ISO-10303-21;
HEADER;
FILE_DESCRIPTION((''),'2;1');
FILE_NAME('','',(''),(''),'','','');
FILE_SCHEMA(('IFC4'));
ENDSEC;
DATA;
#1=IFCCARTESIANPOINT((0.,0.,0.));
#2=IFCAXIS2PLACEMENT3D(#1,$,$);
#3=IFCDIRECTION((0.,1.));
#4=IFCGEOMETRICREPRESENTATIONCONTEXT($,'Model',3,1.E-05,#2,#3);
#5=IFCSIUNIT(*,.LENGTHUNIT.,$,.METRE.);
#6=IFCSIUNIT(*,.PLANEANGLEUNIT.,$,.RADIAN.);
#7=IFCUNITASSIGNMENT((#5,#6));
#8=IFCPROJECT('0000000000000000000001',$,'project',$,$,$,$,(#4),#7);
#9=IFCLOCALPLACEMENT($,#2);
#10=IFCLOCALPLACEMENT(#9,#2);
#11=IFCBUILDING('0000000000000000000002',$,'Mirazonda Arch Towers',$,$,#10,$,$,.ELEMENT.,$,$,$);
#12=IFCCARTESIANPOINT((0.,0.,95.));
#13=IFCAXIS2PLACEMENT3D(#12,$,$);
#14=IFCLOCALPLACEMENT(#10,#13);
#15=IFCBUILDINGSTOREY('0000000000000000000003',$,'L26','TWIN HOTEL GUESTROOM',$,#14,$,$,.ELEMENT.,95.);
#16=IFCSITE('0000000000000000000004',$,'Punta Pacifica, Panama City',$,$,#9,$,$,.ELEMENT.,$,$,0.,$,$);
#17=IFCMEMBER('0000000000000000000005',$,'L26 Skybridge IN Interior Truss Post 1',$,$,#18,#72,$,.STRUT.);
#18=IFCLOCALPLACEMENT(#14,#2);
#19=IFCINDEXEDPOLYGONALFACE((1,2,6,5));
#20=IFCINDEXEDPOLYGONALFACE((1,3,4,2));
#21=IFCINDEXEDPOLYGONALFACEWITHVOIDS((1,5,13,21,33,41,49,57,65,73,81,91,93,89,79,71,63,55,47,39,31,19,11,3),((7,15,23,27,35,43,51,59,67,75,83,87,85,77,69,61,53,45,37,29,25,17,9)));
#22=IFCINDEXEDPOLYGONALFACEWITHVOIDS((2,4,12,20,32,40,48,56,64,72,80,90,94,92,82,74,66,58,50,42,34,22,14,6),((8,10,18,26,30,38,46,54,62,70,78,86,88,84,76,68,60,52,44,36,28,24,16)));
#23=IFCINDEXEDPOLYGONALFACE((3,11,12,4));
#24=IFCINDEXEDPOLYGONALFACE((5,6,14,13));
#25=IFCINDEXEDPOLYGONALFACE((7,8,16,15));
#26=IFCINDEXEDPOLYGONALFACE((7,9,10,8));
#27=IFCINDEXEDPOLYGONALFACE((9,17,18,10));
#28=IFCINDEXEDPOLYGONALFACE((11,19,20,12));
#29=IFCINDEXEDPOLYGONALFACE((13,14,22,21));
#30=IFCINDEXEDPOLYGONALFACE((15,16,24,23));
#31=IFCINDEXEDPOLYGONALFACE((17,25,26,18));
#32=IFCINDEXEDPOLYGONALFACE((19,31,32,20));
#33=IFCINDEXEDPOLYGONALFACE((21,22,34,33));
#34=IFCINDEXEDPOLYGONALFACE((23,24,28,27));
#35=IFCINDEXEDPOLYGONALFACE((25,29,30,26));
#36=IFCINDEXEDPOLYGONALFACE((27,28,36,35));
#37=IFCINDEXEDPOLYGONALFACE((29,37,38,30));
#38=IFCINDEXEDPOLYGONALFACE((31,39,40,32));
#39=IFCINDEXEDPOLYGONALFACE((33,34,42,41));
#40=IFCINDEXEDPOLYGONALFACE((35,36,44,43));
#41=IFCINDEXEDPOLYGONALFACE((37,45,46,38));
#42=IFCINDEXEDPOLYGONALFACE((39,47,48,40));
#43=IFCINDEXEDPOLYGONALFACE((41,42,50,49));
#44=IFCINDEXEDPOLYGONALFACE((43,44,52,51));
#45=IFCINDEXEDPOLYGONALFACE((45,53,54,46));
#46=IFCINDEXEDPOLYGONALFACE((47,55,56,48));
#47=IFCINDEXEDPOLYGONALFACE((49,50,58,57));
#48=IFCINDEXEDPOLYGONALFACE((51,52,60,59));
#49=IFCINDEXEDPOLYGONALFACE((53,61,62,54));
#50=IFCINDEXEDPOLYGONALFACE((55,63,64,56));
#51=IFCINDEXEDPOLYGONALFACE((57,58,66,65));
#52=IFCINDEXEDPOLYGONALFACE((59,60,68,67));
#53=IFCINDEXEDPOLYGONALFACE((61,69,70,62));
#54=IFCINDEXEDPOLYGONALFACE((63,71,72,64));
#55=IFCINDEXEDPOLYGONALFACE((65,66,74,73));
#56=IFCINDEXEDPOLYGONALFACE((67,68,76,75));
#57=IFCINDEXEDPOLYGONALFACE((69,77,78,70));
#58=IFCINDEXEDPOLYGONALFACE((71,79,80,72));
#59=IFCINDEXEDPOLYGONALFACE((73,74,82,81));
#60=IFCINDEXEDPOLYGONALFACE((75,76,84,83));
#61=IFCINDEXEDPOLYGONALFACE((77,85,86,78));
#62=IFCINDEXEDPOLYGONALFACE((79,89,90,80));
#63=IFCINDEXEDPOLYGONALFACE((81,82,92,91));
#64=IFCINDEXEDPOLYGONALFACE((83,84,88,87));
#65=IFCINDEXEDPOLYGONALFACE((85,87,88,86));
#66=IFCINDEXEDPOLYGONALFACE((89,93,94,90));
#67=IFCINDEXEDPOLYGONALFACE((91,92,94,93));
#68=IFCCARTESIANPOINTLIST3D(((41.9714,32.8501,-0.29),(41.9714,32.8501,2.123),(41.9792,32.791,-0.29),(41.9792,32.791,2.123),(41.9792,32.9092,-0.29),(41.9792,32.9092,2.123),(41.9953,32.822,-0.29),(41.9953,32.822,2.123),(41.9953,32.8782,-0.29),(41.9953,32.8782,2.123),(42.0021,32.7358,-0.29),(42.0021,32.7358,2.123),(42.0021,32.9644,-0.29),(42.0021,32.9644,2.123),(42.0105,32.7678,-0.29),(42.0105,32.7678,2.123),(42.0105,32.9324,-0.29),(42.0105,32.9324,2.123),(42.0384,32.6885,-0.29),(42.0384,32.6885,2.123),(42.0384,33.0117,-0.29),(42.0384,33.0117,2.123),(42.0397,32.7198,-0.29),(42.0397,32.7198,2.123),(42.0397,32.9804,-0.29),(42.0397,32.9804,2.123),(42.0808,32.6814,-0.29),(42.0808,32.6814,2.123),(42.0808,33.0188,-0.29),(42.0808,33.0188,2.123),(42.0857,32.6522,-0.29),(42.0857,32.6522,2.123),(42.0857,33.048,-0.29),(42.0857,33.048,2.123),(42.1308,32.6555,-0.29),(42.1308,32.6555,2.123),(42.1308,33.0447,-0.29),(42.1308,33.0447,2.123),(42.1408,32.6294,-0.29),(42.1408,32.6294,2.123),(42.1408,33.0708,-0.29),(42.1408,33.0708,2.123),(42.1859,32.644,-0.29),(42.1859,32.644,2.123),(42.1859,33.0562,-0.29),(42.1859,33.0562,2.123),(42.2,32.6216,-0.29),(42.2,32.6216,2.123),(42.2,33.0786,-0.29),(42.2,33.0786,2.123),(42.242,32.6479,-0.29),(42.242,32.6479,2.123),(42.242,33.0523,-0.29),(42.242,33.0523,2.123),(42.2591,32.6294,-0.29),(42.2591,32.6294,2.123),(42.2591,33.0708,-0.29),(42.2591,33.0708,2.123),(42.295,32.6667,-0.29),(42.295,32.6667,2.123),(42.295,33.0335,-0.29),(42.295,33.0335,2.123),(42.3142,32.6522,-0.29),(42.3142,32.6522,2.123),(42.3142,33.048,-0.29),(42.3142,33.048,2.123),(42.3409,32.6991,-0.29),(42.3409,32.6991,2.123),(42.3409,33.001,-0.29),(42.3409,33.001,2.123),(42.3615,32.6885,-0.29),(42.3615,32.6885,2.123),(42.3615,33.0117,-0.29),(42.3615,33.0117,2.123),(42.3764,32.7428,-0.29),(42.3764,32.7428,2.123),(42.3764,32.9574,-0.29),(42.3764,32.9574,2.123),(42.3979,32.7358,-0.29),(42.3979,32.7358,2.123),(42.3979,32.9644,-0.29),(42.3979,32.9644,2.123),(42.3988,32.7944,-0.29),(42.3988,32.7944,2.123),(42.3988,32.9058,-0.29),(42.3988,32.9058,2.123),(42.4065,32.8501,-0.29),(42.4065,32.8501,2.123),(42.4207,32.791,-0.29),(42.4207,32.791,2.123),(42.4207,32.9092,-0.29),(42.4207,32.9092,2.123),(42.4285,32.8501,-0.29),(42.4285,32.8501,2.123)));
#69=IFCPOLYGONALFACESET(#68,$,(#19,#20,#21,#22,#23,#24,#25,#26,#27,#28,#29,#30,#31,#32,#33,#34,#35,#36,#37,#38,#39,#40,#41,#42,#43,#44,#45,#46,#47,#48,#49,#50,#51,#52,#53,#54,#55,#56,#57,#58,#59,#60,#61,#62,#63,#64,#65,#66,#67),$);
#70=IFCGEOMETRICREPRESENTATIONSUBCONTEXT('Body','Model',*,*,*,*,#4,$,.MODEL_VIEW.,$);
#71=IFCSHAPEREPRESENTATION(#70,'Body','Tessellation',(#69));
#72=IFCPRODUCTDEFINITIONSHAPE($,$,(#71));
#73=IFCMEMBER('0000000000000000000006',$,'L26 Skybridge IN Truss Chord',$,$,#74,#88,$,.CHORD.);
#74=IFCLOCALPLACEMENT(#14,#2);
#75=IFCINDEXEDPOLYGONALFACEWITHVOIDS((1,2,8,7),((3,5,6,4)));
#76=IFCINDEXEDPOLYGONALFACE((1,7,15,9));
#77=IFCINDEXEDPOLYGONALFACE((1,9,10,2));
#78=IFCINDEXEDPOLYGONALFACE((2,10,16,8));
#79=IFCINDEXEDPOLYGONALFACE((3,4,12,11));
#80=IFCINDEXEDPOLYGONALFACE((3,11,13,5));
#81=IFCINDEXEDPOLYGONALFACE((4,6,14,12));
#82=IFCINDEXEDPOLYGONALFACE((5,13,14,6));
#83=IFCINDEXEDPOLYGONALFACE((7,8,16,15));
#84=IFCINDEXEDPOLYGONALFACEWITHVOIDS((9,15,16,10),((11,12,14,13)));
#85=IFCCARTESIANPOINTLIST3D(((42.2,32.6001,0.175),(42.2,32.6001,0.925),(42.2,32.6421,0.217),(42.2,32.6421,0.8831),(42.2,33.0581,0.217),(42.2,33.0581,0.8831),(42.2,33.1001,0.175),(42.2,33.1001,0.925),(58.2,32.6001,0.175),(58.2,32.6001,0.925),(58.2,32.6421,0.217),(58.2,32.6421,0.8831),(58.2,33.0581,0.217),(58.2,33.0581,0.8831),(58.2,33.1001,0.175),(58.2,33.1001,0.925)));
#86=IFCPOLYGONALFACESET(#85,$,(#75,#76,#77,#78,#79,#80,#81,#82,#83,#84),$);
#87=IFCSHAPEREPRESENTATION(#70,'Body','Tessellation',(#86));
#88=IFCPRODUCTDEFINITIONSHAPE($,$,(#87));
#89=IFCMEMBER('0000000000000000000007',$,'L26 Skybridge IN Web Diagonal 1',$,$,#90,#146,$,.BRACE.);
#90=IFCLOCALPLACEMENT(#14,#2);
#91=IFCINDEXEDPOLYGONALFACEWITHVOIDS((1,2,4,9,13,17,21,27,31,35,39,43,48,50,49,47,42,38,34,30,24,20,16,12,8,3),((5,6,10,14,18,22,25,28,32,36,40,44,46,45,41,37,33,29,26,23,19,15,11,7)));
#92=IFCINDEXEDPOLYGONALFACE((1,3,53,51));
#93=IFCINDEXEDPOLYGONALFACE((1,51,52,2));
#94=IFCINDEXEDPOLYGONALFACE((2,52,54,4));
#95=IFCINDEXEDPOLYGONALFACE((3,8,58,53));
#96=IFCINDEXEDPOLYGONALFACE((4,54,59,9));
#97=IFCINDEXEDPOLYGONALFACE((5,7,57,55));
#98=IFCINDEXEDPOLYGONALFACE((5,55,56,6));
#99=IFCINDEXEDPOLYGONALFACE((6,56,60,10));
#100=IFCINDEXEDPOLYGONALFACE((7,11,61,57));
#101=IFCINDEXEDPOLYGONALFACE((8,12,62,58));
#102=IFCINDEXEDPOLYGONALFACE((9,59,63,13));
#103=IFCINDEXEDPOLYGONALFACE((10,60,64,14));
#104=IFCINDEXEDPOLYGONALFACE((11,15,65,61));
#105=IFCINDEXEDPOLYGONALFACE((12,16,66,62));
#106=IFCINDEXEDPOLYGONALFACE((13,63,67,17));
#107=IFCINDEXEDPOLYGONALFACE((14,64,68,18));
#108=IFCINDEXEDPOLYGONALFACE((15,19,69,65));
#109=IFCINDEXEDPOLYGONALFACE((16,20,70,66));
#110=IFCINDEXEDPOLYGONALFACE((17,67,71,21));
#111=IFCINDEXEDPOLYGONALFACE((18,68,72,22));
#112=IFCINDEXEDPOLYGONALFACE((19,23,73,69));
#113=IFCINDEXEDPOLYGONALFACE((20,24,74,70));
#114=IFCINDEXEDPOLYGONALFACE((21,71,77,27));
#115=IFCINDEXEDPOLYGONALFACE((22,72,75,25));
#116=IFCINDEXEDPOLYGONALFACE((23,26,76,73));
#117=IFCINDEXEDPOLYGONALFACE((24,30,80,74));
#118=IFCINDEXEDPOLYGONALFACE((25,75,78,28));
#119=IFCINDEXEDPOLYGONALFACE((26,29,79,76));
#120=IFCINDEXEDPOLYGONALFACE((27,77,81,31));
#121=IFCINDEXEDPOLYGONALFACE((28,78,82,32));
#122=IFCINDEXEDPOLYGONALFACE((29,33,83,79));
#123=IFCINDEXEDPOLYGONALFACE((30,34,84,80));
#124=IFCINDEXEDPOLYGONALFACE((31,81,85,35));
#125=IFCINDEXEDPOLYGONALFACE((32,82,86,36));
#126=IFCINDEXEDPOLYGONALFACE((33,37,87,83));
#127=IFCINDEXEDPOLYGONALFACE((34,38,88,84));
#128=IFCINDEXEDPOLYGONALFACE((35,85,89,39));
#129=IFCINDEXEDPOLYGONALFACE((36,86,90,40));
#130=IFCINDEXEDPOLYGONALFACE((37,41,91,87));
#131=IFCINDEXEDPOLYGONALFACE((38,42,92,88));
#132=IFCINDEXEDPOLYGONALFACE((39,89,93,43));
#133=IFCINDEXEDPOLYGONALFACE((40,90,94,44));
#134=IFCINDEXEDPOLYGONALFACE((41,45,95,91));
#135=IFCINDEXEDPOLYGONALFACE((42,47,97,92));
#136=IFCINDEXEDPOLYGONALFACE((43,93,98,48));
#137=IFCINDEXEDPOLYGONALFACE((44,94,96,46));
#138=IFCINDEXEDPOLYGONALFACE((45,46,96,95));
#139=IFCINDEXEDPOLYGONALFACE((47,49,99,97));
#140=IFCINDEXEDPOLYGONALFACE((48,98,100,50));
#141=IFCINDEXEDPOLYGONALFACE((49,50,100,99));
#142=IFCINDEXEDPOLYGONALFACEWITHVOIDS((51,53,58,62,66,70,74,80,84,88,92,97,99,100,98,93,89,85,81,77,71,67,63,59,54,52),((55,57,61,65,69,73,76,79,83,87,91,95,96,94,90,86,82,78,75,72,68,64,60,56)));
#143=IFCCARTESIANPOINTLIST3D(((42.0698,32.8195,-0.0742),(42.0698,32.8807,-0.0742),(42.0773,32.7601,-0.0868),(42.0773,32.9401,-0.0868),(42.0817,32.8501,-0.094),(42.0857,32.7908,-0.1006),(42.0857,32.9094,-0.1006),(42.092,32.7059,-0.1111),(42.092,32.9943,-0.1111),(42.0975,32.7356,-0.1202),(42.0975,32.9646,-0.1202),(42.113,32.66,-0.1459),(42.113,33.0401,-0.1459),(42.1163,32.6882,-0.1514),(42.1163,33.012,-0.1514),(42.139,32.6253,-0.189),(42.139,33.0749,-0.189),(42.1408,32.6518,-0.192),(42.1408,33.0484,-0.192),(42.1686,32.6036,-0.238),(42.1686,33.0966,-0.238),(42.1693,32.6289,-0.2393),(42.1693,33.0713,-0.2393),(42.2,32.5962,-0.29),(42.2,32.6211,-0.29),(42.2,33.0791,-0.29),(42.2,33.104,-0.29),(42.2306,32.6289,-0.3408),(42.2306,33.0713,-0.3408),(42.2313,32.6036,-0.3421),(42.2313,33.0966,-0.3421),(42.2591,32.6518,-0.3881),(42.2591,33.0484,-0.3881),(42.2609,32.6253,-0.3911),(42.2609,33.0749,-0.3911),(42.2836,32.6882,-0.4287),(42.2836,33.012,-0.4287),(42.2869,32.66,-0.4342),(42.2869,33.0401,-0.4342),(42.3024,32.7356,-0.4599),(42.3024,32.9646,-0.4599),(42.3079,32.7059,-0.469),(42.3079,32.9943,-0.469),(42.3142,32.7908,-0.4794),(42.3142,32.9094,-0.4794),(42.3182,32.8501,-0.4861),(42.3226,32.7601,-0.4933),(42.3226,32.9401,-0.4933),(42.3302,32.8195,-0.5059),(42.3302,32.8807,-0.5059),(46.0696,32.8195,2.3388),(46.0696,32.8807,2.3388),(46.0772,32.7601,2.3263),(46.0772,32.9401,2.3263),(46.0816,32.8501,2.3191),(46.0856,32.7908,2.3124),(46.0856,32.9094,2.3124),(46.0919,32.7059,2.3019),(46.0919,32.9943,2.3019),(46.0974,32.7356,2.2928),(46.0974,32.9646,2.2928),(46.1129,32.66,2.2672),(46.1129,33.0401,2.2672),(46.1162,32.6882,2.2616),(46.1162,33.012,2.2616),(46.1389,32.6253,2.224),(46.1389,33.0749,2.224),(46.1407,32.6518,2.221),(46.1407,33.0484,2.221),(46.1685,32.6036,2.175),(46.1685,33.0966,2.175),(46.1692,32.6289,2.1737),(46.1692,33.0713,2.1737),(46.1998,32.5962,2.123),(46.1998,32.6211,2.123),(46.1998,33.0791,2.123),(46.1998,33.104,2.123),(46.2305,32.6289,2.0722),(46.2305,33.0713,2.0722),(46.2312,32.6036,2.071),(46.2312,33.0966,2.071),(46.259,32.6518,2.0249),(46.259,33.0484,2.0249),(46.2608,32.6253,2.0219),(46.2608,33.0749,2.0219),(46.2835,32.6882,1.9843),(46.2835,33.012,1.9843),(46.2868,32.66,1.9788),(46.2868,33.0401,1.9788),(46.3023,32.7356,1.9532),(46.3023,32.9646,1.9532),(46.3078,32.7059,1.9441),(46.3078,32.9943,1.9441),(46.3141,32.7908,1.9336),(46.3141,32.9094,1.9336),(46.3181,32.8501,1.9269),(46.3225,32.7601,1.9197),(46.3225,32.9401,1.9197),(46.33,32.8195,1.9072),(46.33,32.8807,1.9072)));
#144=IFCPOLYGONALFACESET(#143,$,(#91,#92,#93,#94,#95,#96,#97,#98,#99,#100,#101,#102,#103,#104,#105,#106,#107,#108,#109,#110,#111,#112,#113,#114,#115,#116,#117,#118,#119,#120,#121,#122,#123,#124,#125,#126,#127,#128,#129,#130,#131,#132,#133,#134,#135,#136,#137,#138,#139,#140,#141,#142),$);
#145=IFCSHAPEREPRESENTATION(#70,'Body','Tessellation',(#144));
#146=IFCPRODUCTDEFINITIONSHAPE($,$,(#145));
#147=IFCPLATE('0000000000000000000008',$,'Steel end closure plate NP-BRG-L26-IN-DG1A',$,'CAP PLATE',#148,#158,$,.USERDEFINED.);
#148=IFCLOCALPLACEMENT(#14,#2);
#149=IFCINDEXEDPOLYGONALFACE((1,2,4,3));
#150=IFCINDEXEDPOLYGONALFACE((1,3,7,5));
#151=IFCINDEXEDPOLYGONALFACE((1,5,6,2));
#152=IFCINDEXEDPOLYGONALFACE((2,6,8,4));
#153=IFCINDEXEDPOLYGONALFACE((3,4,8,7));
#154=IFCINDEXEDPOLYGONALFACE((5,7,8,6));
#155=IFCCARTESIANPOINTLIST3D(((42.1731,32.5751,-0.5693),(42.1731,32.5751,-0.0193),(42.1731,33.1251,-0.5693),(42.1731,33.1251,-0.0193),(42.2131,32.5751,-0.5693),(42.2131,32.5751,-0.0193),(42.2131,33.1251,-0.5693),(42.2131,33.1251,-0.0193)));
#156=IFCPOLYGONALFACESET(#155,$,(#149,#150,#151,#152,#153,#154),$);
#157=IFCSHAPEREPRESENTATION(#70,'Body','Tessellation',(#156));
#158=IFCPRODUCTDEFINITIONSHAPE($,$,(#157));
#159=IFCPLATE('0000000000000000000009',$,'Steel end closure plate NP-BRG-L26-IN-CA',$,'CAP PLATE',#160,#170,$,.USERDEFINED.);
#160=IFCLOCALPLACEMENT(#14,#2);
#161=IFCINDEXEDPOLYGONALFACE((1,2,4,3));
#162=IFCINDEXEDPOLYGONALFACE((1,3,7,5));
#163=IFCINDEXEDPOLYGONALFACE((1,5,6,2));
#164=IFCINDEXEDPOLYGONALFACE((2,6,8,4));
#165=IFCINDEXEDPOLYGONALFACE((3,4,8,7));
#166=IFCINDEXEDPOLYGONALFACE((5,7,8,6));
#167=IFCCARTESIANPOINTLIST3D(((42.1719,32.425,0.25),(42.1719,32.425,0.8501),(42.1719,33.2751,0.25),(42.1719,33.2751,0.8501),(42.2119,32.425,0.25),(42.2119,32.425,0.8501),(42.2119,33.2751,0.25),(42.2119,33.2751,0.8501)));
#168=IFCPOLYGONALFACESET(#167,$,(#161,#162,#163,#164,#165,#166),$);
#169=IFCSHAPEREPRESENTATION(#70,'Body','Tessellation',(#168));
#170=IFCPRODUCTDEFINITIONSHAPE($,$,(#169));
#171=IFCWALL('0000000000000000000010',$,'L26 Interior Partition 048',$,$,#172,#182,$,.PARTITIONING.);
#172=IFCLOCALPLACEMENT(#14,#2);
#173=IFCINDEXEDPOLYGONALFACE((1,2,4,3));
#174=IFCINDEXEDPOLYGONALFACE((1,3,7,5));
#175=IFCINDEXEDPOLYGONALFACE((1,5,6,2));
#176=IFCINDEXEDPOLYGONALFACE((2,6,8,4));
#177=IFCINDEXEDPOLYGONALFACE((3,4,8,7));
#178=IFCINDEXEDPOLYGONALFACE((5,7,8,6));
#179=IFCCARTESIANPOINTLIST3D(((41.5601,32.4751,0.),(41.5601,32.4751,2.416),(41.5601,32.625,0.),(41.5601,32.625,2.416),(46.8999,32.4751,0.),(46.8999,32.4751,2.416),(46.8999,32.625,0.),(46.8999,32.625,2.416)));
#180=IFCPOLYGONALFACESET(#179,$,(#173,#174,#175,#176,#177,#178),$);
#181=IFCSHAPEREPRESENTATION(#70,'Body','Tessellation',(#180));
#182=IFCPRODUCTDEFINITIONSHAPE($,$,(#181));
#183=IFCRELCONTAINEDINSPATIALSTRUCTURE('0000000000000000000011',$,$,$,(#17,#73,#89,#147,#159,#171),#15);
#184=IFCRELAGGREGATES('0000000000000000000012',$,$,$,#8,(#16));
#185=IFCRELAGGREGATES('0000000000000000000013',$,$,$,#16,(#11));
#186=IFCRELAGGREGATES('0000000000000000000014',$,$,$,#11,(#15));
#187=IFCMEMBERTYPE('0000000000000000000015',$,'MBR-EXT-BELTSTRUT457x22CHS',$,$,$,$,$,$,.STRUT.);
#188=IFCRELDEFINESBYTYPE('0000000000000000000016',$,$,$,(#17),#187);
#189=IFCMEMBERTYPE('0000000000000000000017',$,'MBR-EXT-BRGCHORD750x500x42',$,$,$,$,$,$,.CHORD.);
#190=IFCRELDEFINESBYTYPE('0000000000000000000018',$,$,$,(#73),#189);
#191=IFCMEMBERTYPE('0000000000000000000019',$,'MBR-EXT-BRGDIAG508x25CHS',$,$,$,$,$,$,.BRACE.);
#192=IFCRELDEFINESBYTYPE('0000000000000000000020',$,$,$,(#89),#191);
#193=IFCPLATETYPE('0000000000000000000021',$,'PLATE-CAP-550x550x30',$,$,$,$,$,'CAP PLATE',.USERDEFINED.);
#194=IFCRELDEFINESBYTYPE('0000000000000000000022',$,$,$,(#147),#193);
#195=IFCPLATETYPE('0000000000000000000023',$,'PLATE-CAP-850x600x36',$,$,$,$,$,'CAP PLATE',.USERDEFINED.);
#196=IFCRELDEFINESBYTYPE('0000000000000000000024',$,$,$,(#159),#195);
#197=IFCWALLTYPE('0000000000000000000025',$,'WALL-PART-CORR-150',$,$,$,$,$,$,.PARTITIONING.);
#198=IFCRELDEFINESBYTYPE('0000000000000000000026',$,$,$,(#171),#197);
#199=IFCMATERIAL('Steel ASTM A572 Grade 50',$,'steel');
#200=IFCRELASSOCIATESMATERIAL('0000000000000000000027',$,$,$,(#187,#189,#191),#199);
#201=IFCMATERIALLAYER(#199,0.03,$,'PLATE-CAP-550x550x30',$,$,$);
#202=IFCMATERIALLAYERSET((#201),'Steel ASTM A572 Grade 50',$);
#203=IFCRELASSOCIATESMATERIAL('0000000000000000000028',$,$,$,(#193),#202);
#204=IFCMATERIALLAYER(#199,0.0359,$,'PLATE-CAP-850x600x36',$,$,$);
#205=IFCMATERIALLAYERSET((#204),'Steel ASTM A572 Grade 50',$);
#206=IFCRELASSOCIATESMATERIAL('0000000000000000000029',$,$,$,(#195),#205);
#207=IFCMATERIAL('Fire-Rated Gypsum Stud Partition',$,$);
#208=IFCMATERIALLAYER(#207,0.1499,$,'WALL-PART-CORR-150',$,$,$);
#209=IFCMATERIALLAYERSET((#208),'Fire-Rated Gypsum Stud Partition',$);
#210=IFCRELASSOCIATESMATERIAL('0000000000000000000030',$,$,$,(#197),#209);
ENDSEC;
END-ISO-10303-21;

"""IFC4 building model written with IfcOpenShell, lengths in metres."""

from ifc_helpers import new_model, si_unit, direction, frame, frame_2d, origin, origin_2d, place, context, subcontext, project, spatial, rectangle, hollow_rectangle, hollow_circle, extrude, material, layer, layer_set, material_profile, profile_set, type_object, element, save


model = new_model("IFC4")

# Units and contexts
model_context = context("Model", 3, precision=1e-05, world=origin(), true_north=direction((0.0, 1.0)))
body_context = subcontext(model_context, "Body", "Model", "MODEL_VIEW")
ifc_project = project(units=[si_unit("LENGTHUNIT", "METRE"), si_unit("PLANEANGLEUNIT", "RADIAN")], contexts=[model_context])

# Site, building, storey
site_placement = place(None, origin())
site = spatial("IfcSite", under=ifc_project, at=site_placement, Name="Punta Pacifica, Panama City", CompositionType="ELEMENT", RefElevation=0.0)
building_placement = place(site_placement, origin())
building = spatial("IfcBuilding", under=site, at=building_placement, Name="Mirazonda Arch Towers", CompositionType="ELEMENT")
storey_placement = place(building_placement, frame((0.0, 0.0, 95.0)))
storey = spatial("IfcBuildingStorey", under=building, at=storey_placement, Name="L26", Description="TWIN HOTEL GUESTROOM", CompositionType="ELEMENT", Elevation=95.0)

# Shared definitions
ifc_material_1 = material(Name="Steel ASTM A572 Grade 50", Category="steel")

# Members
ifc_material_profile_1 = material_profile(ifc_material_1, hollow_circle(Radius=0.2285, WallThickness=0.022, at=origin_2d()), Name="BELTSTRUT457x22CHS")
ifc_profile_set_1 = profile_set([ifc_material_profile_1], Name="Steel ASTM A572 Grade 50")
member_type_1 = type_object("IfcMemberType", Name="MBR-EXT-BELTSTRUT457x22CHS", PredefinedType="STRUT", material=ifc_profile_set_1)
for number, where, z_axis, x_axis, name in (
    (1, (42.2, 32.8501, -0.29), (0.0, 0.0, 1.0), (1.0, 0.0, 0.0), "L26 Skybridge IN Interior Truss Post 1"),
):
    element("IfcMember", number, at=place(storey_placement, frame(where, z_axis=z_axis, x_axis=x_axis)), inside=storey, type_object=member_type_1, Name=name, PredefinedType="STRUT", context=body_context, shape_type="SweptSolid", body=[
        extrude(hollow_circle(Radius=0.2285, WallThickness=0.022, at=origin_2d()), origin(), (0.0, 0.0, 1.0), 2.4131),
    ])
ifc_material_profile_2 = material_profile(ifc_material_1, hollow_rectangle(XDim=0.5, YDim=0.75, WallThickness=0.042, at=origin_2d()), Name="BRGCHORD750x500x42")
ifc_profile_set_2 = profile_set([ifc_material_profile_2], Name="Steel ASTM A572 Grade 50")
member_type_2 = type_object("IfcMemberType", Name="MBR-EXT-BRGCHORD750x500x42", PredefinedType="CHORD", material=ifc_profile_set_2)
member_1_placement = place(storey_placement, frame((42.2, 32.8501, 0.55), z_axis=(1.0, 0.0, 0.0), x_axis=(0.0, 1.0, 0.0)))
element("IfcMember", 2, at=member_1_placement, inside=storey, type_object=member_type_2, Name="L26 Skybridge IN Truss Chord", PredefinedType="CHORD", context=body_context, shape_type="SweptSolid", body=[
    extrude(hollow_rectangle(XDim=0.5, YDim=0.75, WallThickness=0.042, at=origin_2d()), origin(), (0.0, 0.0, 1.0), 16.0),
])
ifc_material_profile_3 = material_profile(ifc_material_1, hollow_circle(Radius=0.2539, WallThickness=0.0249, at=origin_2d()), Name="BRGDIAG508x25CHS")
ifc_profile_set_3 = profile_set([ifc_material_profile_3], Name="Steel ASTM A572 Grade 50")
member_type_3 = type_object("IfcMemberType", Name="MBR-EXT-BRGDIAG508x25CHS", PredefinedType="BRACE", material=ifc_profile_set_3)
member_2_placement = place(storey_placement, frame((42.2, 32.8501, -0.29), z_axis=(0.856255, 0.0, 0.516554), x_axis=(0.0, 1.0, 0.0)))
element("IfcMember", 3, at=member_2_placement, inside=storey, type_object=member_type_3, Name="L26 Skybridge IN Web Diagonal 1", PredefinedType="BRACE", context=body_context, shape_type="SweptSolid", body=[
    extrude(hollow_circle(Radius=0.2539, WallThickness=0.0249, at=origin_2d()), origin(), (0.0, 0.0, 1.0), 4.6714),
])

# Plates
ifc_layer_1 = layer(ifc_material_1, 0.03, Name="PLATE-CAP-550x550x30")
ifc_layer_set_1 = layer_set([ifc_layer_1], Name="Steel ASTM A572 Grade 50")
plate_type_1 = type_object("IfcPlateType", Name="PLATE-CAP-550x550x30", ElementType="CAP PLATE", PredefinedType="USERDEFINED", material=ifc_layer_set_1)
plate_1_placement = place(storey_placement, frame((42.1931, 32.8501, -0.5693), z_axis=(0.0, 0.0, 1.0), x_axis=(-1.0, 0.0, 0.0)))
element("IfcPlate", 4, at=plate_1_placement, inside=storey, type_object=plate_type_1, Name="Steel end closure plate NP-BRG-L26-IN-DG1A", ObjectType="CAP PLATE", PredefinedType="USERDEFINED", context=body_context, shape_type="SweptSolid", body=[
    extrude(rectangle(XDim=0.04, YDim=0.55, at=origin_2d()), origin(), (0.0, 0.0, 1.0), 0.55),
])
ifc_layer_2 = layer(ifc_material_1, 0.0359, Name="PLATE-CAP-850x600x36")
ifc_layer_set_2 = layer_set([ifc_layer_2], Name="Steel ASTM A572 Grade 50")
plate_type_2 = type_object("IfcPlateType", Name="PLATE-CAP-850x600x36", ElementType="CAP PLATE", PredefinedType="USERDEFINED", material=ifc_layer_set_2)
plate_2_placement = place(storey_placement, frame((42.1919, 32.8501, 0.25), z_axis=(0.0, 0.0, 1.0), x_axis=(-1.0, 0.0, 0.0)))
element("IfcPlate", 5, at=plate_2_placement, inside=storey, type_object=plate_type_2, Name="Steel end closure plate NP-BRG-L26-IN-CA", ObjectType="CAP PLATE", PredefinedType="USERDEFINED", context=body_context, shape_type="SweptSolid", body=[
    extrude(rectangle(XDim=0.04, YDim=0.8501, at=origin_2d()), origin(), (0.0, 0.0, 1.0), 0.6001),
])

# Wall
ifc_material_2 = material(Name="Fire-Rated Gypsum Stud Partition")
ifc_layer_3 = layer(ifc_material_2, 0.1499, Name="WALL-PART-CORR-150")
ifc_layer_set_3 = layer_set([ifc_layer_3], Name="Fire-Rated Gypsum Stud Partition")
wall_type_1 = type_object("IfcWallType", Name="WALL-PART-CORR-150", PredefinedType="PARTITIONING", material=ifc_layer_set_3)
wall_1_placement = place(storey_placement, frame((41.5601, 32.55, 0.0), z_axis=(0.0, 0.0, 1.0), x_axis=(1.0, 0.0, 0.0)))
element("IfcWall", 6, at=wall_1_placement, inside=storey, type_object=wall_type_1, Name="L26 Interior Partition 048", PredefinedType="PARTITIONING", context=body_context, shape_type="SweptSolid", body=[
    extrude(rectangle(XDim=5.3398, YDim=0.1499, at=frame_2d((2.6699, 0.0))), origin(), (0.0, 0.0, 1.0), 2.416),
])

save(model, "model.ifc")
